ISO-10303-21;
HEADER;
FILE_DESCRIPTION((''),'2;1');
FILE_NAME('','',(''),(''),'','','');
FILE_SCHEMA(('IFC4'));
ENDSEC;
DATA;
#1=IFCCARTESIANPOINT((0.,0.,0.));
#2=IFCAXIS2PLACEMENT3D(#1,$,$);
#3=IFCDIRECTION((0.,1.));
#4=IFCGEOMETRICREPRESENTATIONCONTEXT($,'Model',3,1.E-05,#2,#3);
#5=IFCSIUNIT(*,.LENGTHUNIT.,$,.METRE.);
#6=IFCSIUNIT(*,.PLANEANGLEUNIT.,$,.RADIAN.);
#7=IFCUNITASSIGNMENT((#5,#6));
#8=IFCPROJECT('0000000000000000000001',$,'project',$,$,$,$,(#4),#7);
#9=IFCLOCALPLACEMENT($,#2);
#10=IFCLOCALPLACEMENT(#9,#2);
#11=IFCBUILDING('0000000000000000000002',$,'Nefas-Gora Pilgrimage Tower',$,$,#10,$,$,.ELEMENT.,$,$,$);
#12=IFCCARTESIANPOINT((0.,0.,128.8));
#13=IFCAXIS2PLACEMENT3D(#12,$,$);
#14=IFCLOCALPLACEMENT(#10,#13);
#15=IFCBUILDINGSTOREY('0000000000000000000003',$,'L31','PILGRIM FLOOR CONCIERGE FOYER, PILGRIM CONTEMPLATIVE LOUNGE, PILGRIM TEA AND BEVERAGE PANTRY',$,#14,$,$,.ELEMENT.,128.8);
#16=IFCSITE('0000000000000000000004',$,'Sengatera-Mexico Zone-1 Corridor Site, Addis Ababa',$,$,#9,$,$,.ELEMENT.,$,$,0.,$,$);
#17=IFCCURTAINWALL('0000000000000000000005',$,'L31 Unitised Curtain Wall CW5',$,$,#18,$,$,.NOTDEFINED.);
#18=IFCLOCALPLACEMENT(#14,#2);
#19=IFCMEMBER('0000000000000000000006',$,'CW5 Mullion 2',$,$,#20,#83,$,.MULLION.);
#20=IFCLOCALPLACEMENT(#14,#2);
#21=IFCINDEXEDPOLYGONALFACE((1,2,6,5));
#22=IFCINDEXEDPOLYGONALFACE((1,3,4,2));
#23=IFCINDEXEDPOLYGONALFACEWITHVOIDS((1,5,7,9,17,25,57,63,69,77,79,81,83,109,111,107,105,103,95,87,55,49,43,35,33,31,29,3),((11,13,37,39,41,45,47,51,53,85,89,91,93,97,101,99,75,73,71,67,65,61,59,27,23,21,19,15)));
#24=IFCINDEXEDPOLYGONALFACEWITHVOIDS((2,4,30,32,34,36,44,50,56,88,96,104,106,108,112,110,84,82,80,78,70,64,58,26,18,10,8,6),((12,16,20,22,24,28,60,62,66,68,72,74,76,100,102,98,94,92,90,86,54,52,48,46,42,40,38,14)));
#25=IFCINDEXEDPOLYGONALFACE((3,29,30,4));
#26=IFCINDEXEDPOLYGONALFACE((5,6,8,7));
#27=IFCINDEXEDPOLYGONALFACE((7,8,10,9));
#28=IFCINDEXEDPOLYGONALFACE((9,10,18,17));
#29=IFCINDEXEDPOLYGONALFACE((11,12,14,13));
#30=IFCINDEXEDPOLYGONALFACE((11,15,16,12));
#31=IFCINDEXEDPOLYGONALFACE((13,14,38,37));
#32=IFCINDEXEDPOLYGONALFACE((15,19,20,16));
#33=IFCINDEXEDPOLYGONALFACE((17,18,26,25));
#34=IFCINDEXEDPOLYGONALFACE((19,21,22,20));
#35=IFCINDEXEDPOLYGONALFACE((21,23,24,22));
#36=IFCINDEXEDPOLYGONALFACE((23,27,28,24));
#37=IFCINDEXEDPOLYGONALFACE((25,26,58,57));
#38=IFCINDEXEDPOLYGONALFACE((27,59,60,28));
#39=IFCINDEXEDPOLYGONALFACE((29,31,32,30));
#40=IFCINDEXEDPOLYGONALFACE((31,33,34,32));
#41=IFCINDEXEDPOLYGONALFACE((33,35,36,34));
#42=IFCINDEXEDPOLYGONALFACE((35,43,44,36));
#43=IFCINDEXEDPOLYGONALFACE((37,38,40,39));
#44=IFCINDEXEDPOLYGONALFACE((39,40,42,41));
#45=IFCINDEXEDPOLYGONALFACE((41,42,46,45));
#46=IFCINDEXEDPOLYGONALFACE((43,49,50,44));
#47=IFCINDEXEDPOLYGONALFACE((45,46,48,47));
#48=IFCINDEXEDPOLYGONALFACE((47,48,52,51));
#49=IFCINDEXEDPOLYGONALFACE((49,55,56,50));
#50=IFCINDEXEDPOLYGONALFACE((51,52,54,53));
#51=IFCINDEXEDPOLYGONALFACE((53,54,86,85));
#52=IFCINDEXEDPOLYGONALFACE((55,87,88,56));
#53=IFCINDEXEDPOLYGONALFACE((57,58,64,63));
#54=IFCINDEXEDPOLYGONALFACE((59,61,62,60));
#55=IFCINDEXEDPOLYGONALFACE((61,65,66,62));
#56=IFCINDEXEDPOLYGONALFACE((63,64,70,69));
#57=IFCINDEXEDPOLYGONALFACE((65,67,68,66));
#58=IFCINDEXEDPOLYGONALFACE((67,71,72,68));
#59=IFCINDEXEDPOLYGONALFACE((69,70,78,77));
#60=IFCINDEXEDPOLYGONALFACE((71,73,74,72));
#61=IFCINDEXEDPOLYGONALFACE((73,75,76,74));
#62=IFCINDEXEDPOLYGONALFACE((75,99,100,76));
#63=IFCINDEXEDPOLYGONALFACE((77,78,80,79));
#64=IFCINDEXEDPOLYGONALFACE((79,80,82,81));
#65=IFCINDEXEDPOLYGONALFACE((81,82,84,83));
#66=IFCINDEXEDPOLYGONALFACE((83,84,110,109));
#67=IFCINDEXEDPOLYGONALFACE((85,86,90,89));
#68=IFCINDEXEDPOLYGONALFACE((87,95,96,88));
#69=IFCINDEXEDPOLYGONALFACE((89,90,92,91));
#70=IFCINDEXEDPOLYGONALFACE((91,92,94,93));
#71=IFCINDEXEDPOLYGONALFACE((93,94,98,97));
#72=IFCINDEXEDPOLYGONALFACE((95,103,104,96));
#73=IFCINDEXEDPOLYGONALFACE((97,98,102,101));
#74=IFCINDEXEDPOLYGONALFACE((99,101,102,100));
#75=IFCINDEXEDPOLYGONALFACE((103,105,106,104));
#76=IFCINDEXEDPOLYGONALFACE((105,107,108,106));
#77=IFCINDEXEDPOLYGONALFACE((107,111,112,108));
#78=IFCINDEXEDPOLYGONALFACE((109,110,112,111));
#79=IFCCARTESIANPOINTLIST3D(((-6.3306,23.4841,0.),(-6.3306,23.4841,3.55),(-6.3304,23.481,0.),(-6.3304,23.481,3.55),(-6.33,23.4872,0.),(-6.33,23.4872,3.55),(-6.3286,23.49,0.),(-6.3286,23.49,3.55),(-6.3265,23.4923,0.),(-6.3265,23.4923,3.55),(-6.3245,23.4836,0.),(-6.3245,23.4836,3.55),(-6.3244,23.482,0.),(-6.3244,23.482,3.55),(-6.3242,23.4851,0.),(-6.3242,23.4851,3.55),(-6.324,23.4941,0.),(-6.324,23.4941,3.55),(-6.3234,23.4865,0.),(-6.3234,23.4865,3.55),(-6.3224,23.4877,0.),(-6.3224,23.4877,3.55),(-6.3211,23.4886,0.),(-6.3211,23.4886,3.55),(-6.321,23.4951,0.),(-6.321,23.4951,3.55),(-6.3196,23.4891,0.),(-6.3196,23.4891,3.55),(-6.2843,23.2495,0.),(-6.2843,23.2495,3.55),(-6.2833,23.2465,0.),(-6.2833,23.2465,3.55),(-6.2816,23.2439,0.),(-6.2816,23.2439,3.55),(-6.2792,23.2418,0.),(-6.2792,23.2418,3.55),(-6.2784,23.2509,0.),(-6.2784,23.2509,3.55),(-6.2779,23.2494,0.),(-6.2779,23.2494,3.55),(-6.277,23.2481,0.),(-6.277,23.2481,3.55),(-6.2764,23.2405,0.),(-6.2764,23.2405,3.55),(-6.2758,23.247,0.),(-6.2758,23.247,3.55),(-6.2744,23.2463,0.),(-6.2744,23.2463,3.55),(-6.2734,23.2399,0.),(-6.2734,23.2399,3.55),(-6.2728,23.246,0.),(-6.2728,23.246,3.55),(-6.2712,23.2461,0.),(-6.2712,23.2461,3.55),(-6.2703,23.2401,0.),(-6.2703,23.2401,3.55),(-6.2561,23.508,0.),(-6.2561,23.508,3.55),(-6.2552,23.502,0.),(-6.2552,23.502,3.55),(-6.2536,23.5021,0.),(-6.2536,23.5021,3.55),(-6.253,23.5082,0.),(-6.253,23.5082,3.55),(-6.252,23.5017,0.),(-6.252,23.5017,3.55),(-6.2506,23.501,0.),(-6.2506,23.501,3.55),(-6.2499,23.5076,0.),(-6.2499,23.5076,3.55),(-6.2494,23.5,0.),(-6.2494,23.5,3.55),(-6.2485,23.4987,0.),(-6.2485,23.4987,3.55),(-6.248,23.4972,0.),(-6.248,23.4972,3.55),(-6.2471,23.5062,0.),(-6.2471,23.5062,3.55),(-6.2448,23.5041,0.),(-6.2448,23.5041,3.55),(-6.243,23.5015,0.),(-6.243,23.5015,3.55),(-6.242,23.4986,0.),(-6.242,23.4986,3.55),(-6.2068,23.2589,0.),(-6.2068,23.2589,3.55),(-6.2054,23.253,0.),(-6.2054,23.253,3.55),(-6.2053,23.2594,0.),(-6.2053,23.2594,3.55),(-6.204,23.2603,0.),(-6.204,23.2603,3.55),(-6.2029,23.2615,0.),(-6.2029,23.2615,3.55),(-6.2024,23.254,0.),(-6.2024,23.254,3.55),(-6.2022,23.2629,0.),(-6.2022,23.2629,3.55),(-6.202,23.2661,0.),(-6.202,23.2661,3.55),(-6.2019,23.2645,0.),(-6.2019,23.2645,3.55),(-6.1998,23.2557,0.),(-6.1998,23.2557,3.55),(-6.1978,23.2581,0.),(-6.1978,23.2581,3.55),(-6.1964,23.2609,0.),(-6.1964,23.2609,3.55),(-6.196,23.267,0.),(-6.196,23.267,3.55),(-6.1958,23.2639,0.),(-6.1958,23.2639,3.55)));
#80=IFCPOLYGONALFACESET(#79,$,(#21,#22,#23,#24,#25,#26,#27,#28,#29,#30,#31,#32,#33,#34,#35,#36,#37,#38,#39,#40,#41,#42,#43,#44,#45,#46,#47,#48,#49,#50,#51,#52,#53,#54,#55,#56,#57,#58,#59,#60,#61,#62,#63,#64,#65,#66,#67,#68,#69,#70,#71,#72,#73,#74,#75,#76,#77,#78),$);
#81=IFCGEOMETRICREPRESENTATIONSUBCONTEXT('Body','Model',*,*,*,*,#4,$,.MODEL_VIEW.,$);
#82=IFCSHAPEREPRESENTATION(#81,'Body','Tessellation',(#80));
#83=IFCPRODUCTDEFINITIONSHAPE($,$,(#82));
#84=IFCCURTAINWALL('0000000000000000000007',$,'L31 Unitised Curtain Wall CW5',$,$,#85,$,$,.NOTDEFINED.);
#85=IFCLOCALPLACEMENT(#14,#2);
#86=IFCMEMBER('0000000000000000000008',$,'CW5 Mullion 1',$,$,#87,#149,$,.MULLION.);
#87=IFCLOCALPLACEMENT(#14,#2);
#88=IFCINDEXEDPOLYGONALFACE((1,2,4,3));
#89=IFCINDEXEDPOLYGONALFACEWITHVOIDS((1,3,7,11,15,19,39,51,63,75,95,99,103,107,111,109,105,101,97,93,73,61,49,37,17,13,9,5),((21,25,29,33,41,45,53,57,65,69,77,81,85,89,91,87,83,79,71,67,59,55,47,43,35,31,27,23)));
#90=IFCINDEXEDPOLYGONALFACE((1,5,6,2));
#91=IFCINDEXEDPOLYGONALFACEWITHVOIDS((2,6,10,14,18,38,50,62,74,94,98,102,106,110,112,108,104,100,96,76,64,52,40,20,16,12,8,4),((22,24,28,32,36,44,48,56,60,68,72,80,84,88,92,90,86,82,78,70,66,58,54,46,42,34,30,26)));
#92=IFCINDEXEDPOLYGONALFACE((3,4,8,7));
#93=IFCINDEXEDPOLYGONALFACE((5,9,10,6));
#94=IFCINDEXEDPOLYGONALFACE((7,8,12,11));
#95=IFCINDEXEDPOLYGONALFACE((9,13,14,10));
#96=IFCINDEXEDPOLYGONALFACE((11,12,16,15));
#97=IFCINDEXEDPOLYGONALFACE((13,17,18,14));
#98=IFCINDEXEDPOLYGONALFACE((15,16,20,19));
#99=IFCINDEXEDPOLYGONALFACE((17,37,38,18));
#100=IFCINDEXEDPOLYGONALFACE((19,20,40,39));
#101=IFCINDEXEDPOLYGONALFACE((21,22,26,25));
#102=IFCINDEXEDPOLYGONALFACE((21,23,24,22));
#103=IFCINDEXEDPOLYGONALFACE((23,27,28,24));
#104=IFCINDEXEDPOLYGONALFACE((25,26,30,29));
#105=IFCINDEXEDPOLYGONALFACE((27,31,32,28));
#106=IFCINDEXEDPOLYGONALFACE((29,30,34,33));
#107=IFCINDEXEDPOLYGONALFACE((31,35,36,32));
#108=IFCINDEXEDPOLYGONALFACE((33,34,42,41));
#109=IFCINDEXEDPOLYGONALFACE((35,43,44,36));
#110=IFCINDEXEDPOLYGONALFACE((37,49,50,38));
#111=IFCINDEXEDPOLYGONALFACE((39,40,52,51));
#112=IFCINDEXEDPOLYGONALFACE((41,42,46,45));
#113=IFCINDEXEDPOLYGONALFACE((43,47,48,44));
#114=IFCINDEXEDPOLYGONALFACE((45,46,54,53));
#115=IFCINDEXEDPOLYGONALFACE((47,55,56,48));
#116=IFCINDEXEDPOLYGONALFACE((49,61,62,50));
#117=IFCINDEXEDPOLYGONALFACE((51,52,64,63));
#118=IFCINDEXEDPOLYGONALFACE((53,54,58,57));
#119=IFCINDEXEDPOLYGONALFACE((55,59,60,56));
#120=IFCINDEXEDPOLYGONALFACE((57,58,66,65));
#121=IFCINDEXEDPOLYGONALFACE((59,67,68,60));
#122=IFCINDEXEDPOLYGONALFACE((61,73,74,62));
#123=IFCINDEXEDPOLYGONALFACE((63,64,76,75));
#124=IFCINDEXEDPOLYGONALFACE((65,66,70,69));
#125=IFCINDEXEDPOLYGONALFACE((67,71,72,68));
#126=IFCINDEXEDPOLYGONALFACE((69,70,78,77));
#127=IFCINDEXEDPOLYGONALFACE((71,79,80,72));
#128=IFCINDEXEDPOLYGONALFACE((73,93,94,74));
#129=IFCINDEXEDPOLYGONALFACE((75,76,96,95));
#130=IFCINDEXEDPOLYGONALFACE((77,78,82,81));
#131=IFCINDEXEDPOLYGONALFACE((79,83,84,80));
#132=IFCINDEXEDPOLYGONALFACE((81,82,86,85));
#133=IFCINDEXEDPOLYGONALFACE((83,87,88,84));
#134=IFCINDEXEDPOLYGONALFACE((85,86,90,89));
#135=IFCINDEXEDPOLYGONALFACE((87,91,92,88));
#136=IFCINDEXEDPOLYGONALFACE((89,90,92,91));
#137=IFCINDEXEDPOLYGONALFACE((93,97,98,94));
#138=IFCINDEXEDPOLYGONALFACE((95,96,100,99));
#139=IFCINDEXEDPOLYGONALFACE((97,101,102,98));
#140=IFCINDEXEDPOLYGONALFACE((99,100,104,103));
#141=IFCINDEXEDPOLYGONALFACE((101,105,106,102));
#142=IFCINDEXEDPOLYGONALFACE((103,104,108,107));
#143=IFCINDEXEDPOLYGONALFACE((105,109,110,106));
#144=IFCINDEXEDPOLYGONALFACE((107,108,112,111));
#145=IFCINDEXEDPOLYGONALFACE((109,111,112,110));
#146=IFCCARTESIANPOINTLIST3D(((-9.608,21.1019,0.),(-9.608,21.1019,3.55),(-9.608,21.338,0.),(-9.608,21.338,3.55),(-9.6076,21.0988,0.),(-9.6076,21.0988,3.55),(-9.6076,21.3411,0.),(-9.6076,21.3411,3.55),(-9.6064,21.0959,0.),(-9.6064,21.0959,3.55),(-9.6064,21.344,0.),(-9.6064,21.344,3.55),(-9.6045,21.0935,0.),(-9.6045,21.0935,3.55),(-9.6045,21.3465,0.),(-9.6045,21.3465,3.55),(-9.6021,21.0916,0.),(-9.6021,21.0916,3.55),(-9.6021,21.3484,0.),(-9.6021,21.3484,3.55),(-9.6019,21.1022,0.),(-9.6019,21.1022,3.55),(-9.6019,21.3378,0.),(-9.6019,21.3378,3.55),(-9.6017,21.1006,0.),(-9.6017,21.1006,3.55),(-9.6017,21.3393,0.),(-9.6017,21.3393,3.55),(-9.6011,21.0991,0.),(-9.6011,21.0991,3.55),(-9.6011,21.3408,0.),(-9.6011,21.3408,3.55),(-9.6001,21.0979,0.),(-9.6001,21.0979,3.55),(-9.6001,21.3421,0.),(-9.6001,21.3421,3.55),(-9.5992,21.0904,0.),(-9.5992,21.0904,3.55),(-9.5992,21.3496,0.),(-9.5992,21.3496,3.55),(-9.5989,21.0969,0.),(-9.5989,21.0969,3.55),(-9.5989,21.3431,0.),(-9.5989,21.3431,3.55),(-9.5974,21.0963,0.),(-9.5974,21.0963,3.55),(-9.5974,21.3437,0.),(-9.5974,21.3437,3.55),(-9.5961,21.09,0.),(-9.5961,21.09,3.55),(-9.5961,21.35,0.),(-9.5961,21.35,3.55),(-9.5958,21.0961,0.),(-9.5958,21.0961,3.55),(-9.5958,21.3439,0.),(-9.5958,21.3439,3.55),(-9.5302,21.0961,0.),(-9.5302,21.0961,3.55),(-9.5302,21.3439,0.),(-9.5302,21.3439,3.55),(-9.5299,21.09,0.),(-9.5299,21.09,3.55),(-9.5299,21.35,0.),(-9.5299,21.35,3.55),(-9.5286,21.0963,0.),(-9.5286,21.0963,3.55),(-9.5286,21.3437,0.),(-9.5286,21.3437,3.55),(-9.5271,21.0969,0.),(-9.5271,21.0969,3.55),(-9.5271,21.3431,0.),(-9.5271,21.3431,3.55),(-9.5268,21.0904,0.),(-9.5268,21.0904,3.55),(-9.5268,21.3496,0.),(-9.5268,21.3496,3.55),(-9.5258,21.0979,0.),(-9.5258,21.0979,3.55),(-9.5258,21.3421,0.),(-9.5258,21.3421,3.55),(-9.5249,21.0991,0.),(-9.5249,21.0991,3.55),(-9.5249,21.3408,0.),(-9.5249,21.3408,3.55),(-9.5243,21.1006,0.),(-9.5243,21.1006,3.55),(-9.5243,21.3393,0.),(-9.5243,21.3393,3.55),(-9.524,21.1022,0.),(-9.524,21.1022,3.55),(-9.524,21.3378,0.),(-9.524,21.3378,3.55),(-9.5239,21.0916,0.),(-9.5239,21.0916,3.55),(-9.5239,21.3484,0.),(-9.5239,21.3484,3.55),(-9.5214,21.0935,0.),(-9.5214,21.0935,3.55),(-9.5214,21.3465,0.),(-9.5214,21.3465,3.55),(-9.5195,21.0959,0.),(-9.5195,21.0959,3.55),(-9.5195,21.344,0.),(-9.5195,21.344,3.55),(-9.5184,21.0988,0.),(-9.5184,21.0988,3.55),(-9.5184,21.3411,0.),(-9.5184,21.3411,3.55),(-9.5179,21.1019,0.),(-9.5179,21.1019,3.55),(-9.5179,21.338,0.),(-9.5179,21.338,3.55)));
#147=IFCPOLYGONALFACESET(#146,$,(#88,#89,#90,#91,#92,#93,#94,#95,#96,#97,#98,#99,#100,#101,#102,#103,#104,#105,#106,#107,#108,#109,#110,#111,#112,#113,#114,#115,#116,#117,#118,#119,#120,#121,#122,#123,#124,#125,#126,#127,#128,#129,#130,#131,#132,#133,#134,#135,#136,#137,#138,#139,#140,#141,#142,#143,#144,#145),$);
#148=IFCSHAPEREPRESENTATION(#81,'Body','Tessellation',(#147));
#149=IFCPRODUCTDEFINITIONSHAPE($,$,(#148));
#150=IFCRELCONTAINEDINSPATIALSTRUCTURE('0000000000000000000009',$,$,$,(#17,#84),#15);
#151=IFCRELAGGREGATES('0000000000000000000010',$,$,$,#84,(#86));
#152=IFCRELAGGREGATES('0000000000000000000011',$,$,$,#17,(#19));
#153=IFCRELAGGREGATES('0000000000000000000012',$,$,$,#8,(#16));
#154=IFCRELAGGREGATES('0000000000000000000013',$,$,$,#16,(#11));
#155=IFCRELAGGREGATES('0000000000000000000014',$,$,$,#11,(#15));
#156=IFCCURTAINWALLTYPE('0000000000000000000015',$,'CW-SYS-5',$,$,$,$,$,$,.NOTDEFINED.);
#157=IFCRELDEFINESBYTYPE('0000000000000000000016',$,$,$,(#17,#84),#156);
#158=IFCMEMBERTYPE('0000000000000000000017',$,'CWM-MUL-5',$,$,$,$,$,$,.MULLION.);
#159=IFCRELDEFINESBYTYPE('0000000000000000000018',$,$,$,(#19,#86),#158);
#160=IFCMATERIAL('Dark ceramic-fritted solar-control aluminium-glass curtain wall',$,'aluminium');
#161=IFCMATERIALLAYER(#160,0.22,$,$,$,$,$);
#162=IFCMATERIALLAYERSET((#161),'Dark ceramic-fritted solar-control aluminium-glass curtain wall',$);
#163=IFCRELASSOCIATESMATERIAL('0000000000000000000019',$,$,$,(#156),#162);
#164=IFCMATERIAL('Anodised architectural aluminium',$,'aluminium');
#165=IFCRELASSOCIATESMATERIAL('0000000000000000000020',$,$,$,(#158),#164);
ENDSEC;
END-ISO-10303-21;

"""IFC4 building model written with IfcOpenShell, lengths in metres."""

from ifc_helpers import new_model, si_unit, direction, frame, origin, origin_2d, place, context, subcontext, project, spatial, hollow_rectangle, extrude, source, transform, mapped, material, layer, layer_set, material_profile, profile_set, type_object, element, aggregate, save


model = new_model("IFC4")

# Units and contexts
model_context = context("Model", 3, precision=1e-05, world=origin(), true_north=direction((0.0, 1.0)))
body_context = subcontext(model_context, "Body", "Model", "MODEL_VIEW")
ifc_project = project(units=[si_unit("LENGTHUNIT", "METRE"), si_unit("PLANEANGLEUNIT", "RADIAN")], contexts=[model_context])

# Site, building, storey
site_placement = place(None, origin())
site = spatial("IfcSite", under=ifc_project, at=site_placement, Name="Sengatera-Mexico Zone-1 Corridor Site, Addis Ababa", CompositionType="ELEMENT", RefElevation=0.0)
building_placement = place(site_placement, origin())
building = spatial("IfcBuilding", under=site, at=building_placement, Name="Nefas-Gora Pilgrimage Tower", CompositionType="ELEMENT")
storey_placement = place(building_placement, frame((0.0, 0.0, 128.8)))
storey = spatial("IfcBuildingStorey", under=building, at=storey_placement, Name="L31", Description="PILGRIM FLOOR CONCIERGE FOYER, PILGRIM CONTEMPLATIVE LOUNGE, PILGRIM TEA AND BEVERAGE PANTRY", CompositionType="ELEMENT", Elevation=128.8)

# Shared definitions
ifc_material_1 = material(Name="Dark ceramic-fritted solar-control aluminium-glass curtain wall", Category="aluminium")
ifc_layer_1 = layer(ifc_material_1, 0.22)
ifc_layer_set_1 = layer_set([ifc_layer_1], Name="Dark ceramic-fritted solar-control aluminium-glass curtain wall")
curtain_wall_type = type_object("IfcCurtainWallType", Name="CW-SYS-5", PredefinedType="NOTDEFINED", material=ifc_layer_set_1)
ifc_material_2 = material(Name="Anodised architectural aluminium", Category="aluminium")
ifc_material_profile_1 = material_profile(ifc_material_2, hollow_rectangle(XDim=0.0901, YDim=0.26, WallThickness=0.0061, InnerFilletRadius=0.0061, OuterFilletRadius=0.012, at=origin_2d()), Name="ALU MULLION 90x260")
ifc_profile_set_1 = profile_set([ifc_material_profile_1], Name="Anodised architectural aluminium")
member_type_1 = type_object("IfcMemberType", Name="CWM-MUL-5", PredefinedType="MULLION", material=ifc_profile_set_1)
shared_shape_1 = source(origin(), body_context, "Body", "SweptSolid", [
    extrude(hollow_rectangle(XDim=0.0901, YDim=0.26, WallThickness=0.0061, InnerFilletRadius=0.0061, OuterFilletRadius=0.012, at=origin_2d()), origin(), (0.0, 0.0, 1.0), 3.55),
])

# Curtain walls, members
curtain_wall_1_placement = place(storey_placement, origin())
curtain_wall_1 = element("IfcCurtainWall", 1, at=curtain_wall_1_placement, inside=storey, type_object=curtain_wall_type, Name="L31 Unitised Curtain Wall CW5", PredefinedType="NOTDEFINED")
member_1_placement = place(storey_placement, frame((-6.2632, 23.374, 0.0), z_axis=(0.0, 0.0, 1.0), x_axis=(-0.980783, -0.195102, 0.0)))
member_1 = element("IfcMember", 2, at=member_1_placement, type_object=member_type_1, Name="CW5 Mullion 2", PredefinedType="MULLION", context=body_context, shape_type="MappedRepresentation", body=[
    mapped(shared_shape_1, transform((0.0, 0.0, 0.0), x_axis=(1.0, 0.0, 0.0), y_axis=(0.0, 1.0, 0.0), z_axis=(0.0, 0.0, 1.0), scale=1.0)),
])
curtain_wall_2_placement = place(storey_placement, origin())
curtain_wall_2 = element("IfcCurtainWall", 3, at=curtain_wall_2_placement, inside=storey, type_object=curtain_wall_type, Name="L31 Unitised Curtain Wall CW5", PredefinedType="NOTDEFINED")
member_2_placement = place(storey_placement, frame((-9.563, 21.22, 0.0), z_axis=(0.0, 0.0, 1.0), x_axis=(-1.0, 0.0, 0.0)))
member_2 = element("IfcMember", 4, at=member_2_placement, type_object=member_type_1, Name="CW5 Mullion 1", PredefinedType="MULLION", context=body_context, shape_type="MappedRepresentation", body=[
    mapped(shared_shape_1, transform((0.0, 0.0, 0.0), x_axis=(1.0, 0.0, 0.0), y_axis=(0.0, 1.0, 0.0), z_axis=(0.0, 0.0, 1.0), scale=1.0)),
])
aggregate(curtain_wall_2, [member_2])

aggregate(curtain_wall_1, [member_1])

save(model, "model.ifc")
